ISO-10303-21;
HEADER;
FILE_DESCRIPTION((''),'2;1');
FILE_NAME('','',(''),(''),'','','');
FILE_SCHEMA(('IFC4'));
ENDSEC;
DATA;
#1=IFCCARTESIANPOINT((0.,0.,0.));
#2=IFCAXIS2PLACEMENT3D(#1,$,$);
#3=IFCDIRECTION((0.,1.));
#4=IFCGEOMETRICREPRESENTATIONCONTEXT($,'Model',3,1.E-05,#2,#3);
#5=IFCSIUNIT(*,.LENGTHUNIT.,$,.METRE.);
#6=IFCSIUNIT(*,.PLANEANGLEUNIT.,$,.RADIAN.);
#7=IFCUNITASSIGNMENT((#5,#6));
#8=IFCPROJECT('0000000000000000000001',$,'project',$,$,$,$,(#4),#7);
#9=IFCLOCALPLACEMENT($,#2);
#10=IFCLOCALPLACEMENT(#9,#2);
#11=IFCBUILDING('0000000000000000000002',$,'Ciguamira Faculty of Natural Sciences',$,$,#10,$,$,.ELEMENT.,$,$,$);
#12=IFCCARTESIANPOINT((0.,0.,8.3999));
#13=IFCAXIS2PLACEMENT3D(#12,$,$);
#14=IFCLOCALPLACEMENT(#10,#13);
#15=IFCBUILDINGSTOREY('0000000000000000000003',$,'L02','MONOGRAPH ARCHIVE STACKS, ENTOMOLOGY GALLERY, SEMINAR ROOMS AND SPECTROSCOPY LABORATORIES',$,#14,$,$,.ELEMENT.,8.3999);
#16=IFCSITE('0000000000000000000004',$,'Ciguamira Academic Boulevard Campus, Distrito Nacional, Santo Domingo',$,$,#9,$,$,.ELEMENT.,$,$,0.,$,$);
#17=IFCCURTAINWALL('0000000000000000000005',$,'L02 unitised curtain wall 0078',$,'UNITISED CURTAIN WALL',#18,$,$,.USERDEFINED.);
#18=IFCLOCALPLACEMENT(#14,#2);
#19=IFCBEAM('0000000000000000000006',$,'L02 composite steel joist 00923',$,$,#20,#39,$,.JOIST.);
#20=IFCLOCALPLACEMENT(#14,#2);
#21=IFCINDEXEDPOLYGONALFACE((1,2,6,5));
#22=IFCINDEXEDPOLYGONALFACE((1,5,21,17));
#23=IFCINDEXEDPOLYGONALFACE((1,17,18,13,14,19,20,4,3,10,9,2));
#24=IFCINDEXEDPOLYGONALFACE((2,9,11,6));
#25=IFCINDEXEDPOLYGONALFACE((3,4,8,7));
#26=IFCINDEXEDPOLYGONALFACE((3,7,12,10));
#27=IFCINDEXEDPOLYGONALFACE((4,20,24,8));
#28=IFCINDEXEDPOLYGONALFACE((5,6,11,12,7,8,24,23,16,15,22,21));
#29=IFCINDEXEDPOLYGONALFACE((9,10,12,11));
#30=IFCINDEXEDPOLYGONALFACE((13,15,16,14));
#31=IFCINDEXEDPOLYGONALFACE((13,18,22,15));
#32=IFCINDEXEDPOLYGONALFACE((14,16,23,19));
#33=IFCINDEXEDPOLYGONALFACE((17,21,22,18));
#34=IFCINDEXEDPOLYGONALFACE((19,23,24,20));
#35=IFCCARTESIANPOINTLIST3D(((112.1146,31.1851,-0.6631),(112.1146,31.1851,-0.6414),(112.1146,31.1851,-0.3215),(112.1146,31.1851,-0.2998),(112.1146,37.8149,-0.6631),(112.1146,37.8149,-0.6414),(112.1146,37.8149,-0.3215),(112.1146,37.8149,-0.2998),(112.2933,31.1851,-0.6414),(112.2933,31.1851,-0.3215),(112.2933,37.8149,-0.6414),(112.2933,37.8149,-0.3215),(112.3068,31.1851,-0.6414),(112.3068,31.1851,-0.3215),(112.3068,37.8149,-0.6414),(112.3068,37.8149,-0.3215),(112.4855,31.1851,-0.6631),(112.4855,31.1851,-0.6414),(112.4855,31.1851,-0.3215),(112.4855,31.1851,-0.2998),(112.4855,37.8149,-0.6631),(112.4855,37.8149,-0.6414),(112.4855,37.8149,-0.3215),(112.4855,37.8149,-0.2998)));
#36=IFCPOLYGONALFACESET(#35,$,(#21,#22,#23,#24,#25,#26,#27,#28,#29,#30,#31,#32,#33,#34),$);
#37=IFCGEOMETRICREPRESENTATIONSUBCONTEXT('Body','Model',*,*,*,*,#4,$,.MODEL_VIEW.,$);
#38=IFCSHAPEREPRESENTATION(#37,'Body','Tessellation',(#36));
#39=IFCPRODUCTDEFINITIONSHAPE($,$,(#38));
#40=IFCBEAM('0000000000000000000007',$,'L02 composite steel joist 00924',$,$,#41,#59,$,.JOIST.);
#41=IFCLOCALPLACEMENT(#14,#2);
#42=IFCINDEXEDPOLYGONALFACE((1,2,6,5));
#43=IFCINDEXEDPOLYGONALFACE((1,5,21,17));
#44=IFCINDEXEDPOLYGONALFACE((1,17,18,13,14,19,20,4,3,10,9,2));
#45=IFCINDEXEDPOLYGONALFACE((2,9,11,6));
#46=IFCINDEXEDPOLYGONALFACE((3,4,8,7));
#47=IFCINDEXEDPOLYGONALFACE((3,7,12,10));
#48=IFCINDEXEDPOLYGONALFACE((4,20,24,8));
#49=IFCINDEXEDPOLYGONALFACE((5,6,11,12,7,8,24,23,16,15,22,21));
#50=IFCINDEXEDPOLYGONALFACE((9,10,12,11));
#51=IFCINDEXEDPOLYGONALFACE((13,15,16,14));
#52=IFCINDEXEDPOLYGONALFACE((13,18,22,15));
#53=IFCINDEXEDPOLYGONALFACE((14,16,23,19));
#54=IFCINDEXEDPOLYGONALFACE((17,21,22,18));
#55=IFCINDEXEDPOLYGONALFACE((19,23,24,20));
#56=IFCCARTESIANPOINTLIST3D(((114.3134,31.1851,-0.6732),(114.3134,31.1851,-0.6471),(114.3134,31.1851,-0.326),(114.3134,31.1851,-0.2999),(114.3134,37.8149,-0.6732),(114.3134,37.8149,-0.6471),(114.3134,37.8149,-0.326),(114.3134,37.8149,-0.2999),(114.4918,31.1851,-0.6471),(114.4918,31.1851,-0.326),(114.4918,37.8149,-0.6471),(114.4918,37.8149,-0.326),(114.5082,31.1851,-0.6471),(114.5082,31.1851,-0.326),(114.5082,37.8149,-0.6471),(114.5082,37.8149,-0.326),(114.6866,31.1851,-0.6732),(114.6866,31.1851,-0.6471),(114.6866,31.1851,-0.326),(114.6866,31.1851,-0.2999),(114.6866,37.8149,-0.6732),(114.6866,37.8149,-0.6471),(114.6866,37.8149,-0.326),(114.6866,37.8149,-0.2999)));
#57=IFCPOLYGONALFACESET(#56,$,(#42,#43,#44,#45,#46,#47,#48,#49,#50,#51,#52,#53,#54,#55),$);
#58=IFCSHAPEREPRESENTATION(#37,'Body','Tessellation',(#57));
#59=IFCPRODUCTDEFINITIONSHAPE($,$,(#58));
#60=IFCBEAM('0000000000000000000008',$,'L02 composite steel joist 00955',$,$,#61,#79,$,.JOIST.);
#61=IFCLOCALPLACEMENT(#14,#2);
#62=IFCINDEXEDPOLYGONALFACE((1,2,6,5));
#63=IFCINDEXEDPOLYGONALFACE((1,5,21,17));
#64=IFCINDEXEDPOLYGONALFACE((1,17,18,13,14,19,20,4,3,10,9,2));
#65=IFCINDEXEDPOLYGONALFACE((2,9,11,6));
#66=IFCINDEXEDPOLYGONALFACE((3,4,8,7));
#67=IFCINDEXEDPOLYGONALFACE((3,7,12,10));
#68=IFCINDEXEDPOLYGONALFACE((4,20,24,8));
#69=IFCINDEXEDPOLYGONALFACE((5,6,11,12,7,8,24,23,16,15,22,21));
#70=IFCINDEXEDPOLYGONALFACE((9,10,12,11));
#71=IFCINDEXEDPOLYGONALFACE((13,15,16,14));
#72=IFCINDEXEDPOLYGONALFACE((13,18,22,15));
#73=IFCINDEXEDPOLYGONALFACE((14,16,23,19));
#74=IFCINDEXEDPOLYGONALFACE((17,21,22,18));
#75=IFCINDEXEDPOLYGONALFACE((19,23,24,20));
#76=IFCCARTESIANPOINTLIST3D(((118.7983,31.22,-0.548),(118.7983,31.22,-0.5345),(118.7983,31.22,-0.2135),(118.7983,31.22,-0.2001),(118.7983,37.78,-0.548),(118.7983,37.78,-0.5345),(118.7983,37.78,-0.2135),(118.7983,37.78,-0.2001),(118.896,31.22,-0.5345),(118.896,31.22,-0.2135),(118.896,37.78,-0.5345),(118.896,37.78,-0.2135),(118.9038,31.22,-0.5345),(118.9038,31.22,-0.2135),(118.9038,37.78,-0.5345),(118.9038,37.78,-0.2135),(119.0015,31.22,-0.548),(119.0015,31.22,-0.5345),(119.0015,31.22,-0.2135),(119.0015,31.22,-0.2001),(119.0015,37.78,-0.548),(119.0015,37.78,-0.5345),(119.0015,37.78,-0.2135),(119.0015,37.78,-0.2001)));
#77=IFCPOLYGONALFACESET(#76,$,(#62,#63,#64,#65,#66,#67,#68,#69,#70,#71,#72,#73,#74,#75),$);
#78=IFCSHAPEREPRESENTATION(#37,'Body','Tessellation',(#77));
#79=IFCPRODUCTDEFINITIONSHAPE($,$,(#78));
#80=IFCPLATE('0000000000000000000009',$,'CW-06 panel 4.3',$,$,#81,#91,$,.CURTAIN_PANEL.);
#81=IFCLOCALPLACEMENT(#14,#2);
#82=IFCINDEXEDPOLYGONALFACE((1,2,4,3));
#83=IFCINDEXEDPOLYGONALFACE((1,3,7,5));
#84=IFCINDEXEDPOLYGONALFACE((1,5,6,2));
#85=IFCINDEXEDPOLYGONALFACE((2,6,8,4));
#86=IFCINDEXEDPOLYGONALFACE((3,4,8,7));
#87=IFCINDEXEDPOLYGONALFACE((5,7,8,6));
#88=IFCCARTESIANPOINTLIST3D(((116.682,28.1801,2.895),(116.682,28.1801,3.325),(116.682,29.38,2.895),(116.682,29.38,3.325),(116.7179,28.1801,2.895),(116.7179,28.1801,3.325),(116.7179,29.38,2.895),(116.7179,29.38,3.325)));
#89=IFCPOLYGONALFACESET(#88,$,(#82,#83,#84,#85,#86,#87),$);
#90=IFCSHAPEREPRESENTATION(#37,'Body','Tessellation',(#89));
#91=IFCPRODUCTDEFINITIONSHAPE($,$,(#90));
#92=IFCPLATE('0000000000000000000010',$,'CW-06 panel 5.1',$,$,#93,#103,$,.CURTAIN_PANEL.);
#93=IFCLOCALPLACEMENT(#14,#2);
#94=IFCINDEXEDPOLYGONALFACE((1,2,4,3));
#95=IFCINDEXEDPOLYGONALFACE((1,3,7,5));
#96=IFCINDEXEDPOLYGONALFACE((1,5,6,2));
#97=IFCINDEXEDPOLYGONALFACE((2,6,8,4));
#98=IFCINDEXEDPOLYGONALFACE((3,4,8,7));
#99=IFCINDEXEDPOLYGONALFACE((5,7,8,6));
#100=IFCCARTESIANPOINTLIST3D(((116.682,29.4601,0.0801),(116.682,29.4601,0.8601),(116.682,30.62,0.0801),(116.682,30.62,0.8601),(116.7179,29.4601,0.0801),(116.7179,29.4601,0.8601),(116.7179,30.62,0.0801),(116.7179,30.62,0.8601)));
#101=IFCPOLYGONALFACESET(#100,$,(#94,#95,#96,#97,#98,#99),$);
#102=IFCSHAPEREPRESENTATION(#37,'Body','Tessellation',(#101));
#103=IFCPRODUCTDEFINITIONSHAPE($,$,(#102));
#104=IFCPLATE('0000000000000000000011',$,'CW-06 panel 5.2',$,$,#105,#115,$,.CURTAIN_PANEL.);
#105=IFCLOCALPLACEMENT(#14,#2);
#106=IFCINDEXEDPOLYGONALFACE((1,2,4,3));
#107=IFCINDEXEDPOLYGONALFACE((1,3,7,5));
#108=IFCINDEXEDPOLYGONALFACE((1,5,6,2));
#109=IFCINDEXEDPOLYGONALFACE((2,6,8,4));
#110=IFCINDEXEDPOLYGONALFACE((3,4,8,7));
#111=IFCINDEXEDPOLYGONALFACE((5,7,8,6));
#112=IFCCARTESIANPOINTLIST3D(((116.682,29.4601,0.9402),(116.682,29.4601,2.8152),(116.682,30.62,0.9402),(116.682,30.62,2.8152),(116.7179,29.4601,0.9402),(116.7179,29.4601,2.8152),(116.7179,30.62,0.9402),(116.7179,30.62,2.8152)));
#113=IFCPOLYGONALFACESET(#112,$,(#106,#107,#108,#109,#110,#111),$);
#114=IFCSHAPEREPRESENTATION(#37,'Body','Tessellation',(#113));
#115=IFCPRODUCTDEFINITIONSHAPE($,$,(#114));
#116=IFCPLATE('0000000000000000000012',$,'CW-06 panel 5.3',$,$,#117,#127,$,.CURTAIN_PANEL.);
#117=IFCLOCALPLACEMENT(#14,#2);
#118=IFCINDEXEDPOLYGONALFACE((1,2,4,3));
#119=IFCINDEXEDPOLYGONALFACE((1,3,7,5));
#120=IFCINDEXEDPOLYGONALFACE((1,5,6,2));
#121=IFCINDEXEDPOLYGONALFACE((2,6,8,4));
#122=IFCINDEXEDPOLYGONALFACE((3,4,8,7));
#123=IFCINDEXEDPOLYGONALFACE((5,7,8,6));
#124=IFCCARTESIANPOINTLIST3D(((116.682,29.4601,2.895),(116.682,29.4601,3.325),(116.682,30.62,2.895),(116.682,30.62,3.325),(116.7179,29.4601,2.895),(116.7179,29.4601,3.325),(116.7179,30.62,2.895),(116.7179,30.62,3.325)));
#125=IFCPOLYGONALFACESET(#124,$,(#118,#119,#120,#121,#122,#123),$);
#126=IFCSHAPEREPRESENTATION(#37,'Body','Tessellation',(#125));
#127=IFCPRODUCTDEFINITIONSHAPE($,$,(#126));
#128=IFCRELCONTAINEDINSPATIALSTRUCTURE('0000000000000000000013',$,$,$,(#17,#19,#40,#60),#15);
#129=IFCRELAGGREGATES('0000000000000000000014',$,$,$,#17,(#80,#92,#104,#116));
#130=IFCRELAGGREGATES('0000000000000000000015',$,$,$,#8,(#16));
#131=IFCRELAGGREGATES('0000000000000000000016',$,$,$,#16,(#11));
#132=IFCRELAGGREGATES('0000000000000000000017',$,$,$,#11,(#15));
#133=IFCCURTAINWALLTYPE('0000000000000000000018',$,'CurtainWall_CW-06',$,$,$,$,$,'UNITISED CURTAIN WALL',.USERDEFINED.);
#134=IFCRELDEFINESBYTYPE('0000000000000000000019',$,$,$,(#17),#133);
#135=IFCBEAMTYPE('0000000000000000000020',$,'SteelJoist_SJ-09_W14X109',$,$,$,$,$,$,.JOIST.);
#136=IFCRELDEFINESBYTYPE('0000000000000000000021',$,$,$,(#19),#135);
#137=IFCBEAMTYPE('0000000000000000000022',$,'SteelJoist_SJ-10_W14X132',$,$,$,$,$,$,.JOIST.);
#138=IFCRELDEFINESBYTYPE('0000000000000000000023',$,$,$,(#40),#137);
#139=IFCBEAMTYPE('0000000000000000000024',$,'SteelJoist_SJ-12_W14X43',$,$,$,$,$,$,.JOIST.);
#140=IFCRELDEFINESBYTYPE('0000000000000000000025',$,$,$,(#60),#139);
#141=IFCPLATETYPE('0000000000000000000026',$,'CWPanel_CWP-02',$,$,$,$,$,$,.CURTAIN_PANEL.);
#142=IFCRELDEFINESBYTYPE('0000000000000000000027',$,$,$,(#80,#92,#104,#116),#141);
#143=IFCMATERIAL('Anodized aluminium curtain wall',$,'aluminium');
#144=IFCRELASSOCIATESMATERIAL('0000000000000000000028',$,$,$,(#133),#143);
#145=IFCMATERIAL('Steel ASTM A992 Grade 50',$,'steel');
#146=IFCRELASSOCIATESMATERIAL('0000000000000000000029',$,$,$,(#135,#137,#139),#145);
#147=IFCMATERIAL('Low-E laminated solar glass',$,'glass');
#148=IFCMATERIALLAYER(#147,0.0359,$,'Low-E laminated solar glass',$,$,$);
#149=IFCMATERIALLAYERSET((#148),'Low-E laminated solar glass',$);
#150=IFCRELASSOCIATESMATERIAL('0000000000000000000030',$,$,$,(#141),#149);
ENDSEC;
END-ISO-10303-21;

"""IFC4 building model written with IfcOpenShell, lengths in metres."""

from ifc_helpers import new_model, si_unit, direction, frame, origin, origin_2d, place, context, subcontext, project, spatial, rectangle, i_section, extrude, material, layer, layer_set, material_profile, profile_set, type_object, element, aggregate, save


model = new_model("IFC4")

# Units and contexts
model_context = context("Model", 3, precision=1e-05, world=origin(), true_north=direction((0.0, 1.0)))
body_context = subcontext(model_context, "Body", "Model", "MODEL_VIEW")
ifc_project = project(units=[si_unit("LENGTHUNIT", "METRE"), si_unit("PLANEANGLEUNIT", "RADIAN")], contexts=[model_context])

# Site, building, storey
site_placement = place(None, origin())
site = spatial("IfcSite", under=ifc_project, at=site_placement, Name="Ciguamira Academic Boulevard Campus, Distrito Nacional, Santo Domingo", CompositionType="ELEMENT", RefElevation=0.0)
building_placement = place(site_placement, origin())
building = spatial("IfcBuilding", under=site, at=building_placement, Name="Ciguamira Faculty of Natural Sciences", CompositionType="ELEMENT")
storey_placement = place(building_placement, frame((0.0, 0.0, 8.3999)))
storey = spatial("IfcBuildingStorey", under=building, at=storey_placement, Name="L02", Description="MONOGRAPH ARCHIVE STACKS, ENTOMOLOGY GALLERY, SEMINAR ROOMS AND SPECTROSCOPY LABORATORIES", CompositionType="ELEMENT", Elevation=8.3999)

# Shared definitions
ifc_material_1 = material(Name="Anodized aluminium curtain wall", Category="aluminium")

# Curtain wall
curtain_wall_type_1 = type_object("IfcCurtainWallType", Name="CurtainWall_CW-06", ElementType="UNITISED CURTAIN WALL", PredefinedType="USERDEFINED", material=ifc_material_1)
curtain_wall_1_placement = place(storey_placement, origin())
curtain_wall_1 = element("IfcCurtainWall", 1, at=curtain_wall_1_placement, inside=storey, type_object=curtain_wall_type_1, Name="L02 unitised curtain wall 0078", ObjectType="UNITISED CURTAIN WALL", PredefinedType="USERDEFINED")

# Beams
ifc_material_2 = material(Name="Steel ASTM A992 Grade 50", Category="steel")
ifc_material_profile_1 = material_profile(ifc_material_2, i_section(OverallWidth=0.3708, OverallDepth=0.3633, WebThickness=0.0134, FlangeThickness=0.0217, at=origin_2d()), Name="W14X109")
ifc_profile_set_1 = profile_set([ifc_material_profile_1], Name="Steel ASTM A992 Grade 50")
beam_type_1 = type_object("IfcBeamType", Name="SteelJoist_SJ-09_W14X109", PredefinedType="JOIST", material=ifc_profile_set_1)
beam_1_placement = place(storey_placement, frame((112.3, 31.1851, -0.4814), z_axis=(0.0, 1.0, 0.0), x_axis=(-1.0, 0.0, 0.0)))
element("IfcBeam", 2, at=beam_1_placement, inside=storey, type_object=beam_type_1, Name="L02 composite steel joist 00923", PredefinedType="JOIST", context=body_context, shape_type="SweptSolid", body=[
    extrude(i_section(OverallWidth=0.3708, OverallDepth=0.3633, WebThickness=0.0134, FlangeThickness=0.0217, at=origin_2d()), origin(), (0.0, 0.0, 1.0), 6.6299),
])
ifc_material_profile_2 = material_profile(ifc_material_2, i_section(OverallWidth=0.3733, OverallDepth=0.3733, WebThickness=0.0164, FlangeThickness=0.0261, at=origin_2d()), Name="W14X132")
ifc_profile_set_2 = profile_set([ifc_material_profile_2], Name="Steel ASTM A992 Grade 50")
beam_type_2 = type_object("IfcBeamType", Name="SteelJoist_SJ-10_W14X132", PredefinedType="JOIST", material=ifc_profile_set_2)
beam_2_placement = place(storey_placement, frame((114.5, 31.1851, -0.4866), z_axis=(0.0, 1.0, 0.0), x_axis=(-1.0, 0.0, 0.0)))
element("IfcBeam", 3, at=beam_2_placement, inside=storey, type_object=beam_type_2, Name="L02 composite steel joist 00924", PredefinedType="JOIST", context=body_context, shape_type="SweptSolid", body=[
    extrude(i_section(OverallWidth=0.3733, OverallDepth=0.3733, WebThickness=0.0164, FlangeThickness=0.0261, at=origin_2d()), origin(), (0.0, 0.0, 1.0), 6.6299),
])
ifc_material_profile_3 = material_profile(ifc_material_2, i_section(OverallWidth=0.2031, OverallDepth=0.3479, WebThickness=0.0078, FlangeThickness=0.0134, at=origin_2d()), Name="W14X43")
ifc_profile_set_3 = profile_set([ifc_material_profile_3], Name="Steel ASTM A992 Grade 50")
beam_type_3 = type_object("IfcBeamType", Name="SteelJoist_SJ-12_W14X43", PredefinedType="JOIST", material=ifc_profile_set_3)
beam_3_placement = place(storey_placement, frame((118.8999, 31.22, -0.374), z_axis=(0.0, 1.0, 0.0), x_axis=(-1.0, 0.0, 0.0)))
element("IfcBeam", 4, at=beam_3_placement, inside=storey, type_object=beam_type_3, Name="L02 composite steel joist 00955", PredefinedType="JOIST", context=body_context, shape_type="SweptSolid", body=[
    extrude(i_section(OverallWidth=0.2031, OverallDepth=0.3479, WebThickness=0.0078, FlangeThickness=0.0134, at=origin_2d()), origin(), (0.0, 0.0, 1.0), 6.5601),
])

# Plates
ifc_material_3 = material(Name="Low-E laminated solar glass", Category="glass")
ifc_layer_1 = layer(ifc_material_3, 0.0359, Name="Low-E laminated solar glass")
ifc_layer_set_1 = layer_set([ifc_layer_1], Name="Low-E laminated solar glass")
plate_type = type_object("IfcPlateType", Name="CWPanel_CWP-02", PredefinedType="CURTAIN_PANEL", material=ifc_layer_set_1)
plate_1_placement = place(storey_placement, frame((116.7, 28.78, 2.895), z_axis=(0.0, 0.0, 1.0), x_axis=(0.0, 1.0, 0.0)))
plate_1 = element("IfcPlate", 5, at=plate_1_placement, type_object=plate_type, Name="CW-06 panel 4.3", PredefinedType="CURTAIN_PANEL", context=body_context, shape_type="SweptSolid", body=[
    extrude(rectangle(XDim=1.2, YDim=0.0359, at=origin_2d()), origin(), (0.0, 0.0, 1.0), 0.4299),
])
plate_2_placement = place(storey_placement, frame((116.7, 30.04, 0.0801), z_axis=(0.0, 0.0, 1.0), x_axis=(0.0, 1.0, 0.0)))
plate_2 = element("IfcPlate", 6, at=plate_2_placement, type_object=plate_type, Name="CW-06 panel 5.1", PredefinedType="CURTAIN_PANEL", context=body_context, shape_type="SweptSolid", body=[
    extrude(rectangle(XDim=1.1599, YDim=0.0359, at=origin_2d()), origin(), (0.0, 0.0, 1.0), 0.78),
])
plate_3_placement = place(storey_placement, frame((116.7, 30.04, 0.9402), z_axis=(0.0, 0.0, 1.0), x_axis=(0.0, 1.0, 0.0)))
plate_3 = element("IfcPlate", 7, at=plate_3_placement, type_object=plate_type, Name="CW-06 panel 5.2", PredefinedType="CURTAIN_PANEL", context=body_context, shape_type="SweptSolid", body=[
    extrude(rectangle(XDim=1.1599, YDim=0.0359, at=origin_2d()), origin(), (0.0, 0.0, 1.0), 1.875),
])
plate_4_placement = place(storey_placement, frame((116.7, 30.04, 2.895), z_axis=(0.0, 0.0, 1.0), x_axis=(0.0, 1.0, 0.0)))
plate_4 = element("IfcPlate", 8, at=plate_4_placement, type_object=plate_type, Name="CW-06 panel 5.3", PredefinedType="CURTAIN_PANEL", context=body_context, shape_type="SweptSolid", body=[
    extrude(rectangle(XDim=1.1599, YDim=0.0359, at=origin_2d()), origin(), (0.0, 0.0, 1.0), 0.4299),
])
aggregate(curtain_wall_1, [plate_1, plate_2, plate_3, plate_4])

save(model, "model.ifc")
